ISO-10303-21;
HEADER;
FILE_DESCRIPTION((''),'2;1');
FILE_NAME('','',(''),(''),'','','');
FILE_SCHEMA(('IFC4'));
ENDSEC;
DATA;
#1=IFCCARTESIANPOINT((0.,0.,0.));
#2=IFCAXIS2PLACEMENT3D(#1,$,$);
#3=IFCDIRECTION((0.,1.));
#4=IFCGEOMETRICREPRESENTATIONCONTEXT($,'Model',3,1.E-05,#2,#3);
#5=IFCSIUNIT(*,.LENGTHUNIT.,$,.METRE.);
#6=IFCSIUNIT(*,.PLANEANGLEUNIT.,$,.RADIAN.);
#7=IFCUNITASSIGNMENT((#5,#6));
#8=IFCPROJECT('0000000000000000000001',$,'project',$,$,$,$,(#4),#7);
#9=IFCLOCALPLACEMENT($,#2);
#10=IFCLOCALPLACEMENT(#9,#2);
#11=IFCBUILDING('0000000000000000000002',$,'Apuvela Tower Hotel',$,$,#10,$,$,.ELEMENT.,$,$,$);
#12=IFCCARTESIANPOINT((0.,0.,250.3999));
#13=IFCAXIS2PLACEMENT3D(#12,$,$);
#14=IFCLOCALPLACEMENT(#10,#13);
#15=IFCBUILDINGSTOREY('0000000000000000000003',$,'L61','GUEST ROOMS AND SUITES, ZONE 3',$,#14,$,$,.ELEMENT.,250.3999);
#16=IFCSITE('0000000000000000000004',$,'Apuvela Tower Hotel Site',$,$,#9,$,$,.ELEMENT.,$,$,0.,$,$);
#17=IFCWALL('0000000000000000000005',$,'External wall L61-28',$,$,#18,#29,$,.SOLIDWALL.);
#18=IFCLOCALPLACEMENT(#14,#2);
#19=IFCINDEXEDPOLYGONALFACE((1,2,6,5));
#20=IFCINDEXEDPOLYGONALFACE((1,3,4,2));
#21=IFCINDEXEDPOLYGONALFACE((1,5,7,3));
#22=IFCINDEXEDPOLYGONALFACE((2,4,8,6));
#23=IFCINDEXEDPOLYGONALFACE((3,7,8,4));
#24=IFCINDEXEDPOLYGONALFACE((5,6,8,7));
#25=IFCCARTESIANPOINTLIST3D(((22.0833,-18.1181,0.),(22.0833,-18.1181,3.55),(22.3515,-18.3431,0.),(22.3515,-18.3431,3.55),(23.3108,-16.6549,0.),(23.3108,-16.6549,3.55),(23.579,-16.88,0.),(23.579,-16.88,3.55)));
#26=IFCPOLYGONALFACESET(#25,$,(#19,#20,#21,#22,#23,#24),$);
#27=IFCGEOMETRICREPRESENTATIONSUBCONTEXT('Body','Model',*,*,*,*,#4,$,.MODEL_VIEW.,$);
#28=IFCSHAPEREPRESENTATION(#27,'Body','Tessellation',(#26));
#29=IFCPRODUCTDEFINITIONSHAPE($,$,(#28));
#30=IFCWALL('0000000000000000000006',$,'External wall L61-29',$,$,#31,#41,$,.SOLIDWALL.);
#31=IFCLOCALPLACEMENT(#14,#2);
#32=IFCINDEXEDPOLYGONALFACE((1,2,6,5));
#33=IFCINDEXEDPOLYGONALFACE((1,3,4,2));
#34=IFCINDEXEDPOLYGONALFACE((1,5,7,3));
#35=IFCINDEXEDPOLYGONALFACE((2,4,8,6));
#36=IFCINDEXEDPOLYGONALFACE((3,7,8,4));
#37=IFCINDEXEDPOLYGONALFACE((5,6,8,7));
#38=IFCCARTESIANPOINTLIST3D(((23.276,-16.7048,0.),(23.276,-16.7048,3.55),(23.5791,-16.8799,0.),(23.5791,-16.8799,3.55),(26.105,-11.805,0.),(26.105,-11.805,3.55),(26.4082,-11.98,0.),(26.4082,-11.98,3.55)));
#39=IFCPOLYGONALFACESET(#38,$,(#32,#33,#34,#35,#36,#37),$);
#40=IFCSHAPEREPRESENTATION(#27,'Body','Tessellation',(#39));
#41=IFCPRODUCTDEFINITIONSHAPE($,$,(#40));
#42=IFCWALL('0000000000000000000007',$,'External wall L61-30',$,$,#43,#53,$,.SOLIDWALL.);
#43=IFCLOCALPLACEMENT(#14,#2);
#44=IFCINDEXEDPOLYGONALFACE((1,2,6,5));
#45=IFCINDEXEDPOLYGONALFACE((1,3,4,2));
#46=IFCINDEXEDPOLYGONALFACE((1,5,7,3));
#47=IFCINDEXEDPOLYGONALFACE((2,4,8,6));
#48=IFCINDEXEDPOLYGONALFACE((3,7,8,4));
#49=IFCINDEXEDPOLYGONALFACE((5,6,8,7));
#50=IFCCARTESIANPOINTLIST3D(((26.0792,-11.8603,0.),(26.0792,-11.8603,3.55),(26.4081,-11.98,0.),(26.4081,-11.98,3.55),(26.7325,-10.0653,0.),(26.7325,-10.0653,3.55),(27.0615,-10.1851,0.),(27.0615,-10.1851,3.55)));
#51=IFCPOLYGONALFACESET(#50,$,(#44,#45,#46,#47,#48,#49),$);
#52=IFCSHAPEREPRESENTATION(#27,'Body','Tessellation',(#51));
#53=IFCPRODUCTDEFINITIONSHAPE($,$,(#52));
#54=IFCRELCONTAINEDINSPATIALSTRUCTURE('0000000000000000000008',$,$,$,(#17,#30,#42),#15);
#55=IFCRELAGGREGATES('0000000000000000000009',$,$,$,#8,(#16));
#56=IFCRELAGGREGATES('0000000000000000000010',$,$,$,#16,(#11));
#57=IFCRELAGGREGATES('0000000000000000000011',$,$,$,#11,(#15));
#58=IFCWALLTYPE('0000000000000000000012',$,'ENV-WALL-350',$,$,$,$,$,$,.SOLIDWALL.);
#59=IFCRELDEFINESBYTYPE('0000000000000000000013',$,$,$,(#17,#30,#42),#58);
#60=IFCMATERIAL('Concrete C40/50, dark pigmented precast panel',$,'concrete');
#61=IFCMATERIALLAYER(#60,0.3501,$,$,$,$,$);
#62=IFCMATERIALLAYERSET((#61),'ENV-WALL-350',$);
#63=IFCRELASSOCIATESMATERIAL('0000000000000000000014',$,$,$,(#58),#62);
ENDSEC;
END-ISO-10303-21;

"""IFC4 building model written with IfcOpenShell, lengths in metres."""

from ifc_helpers import new_model, si_unit, direction, frame, frame_2d, origin, place, context, subcontext, project, spatial, rectangle, extrude, material, layer, layer_set, type_object, element, save


model = new_model("IFC4")

# Units and contexts
model_context = context("Model", 3, precision=1e-05, world=origin(), true_north=direction((0.0, 1.0)))
body_context = subcontext(model_context, "Body", "Model", "MODEL_VIEW")
ifc_project = project(units=[si_unit("LENGTHUNIT", "METRE"), si_unit("PLANEANGLEUNIT", "RADIAN")], contexts=[model_context])

# Site, building, storey
site_placement = place(None, origin())
site = spatial("IfcSite", under=ifc_project, at=site_placement, Name="Apuvela Tower Hotel Site", CompositionType="ELEMENT", RefElevation=0.0)
building_placement = place(site_placement, origin())
building = spatial("IfcBuilding", under=site, at=building_placement, Name="Apuvela Tower Hotel", CompositionType="ELEMENT")
storey_placement = place(building_placement, frame((0.0, 0.0, 250.3999)))
storey = spatial("IfcBuildingStorey", under=building, at=storey_placement, Name="L61", Description="GUEST ROOMS AND SUITES, ZONE 3", CompositionType="ELEMENT", Elevation=250.3999)

# Shared definitions
ifc_material_1 = material(Name="Concrete C40/50, dark pigmented precast panel", Category="concrete")
ifc_layer_1 = layer(ifc_material_1, 0.3501)
ifc_layer_set_1 = layer_set([ifc_layer_1], Name="ENV-WALL-350")
wall_type_1 = type_object("IfcWallType", Name="ENV-WALL-350", PredefinedType="SOLIDWALL", material=ifc_layer_set_1)

# Walls
for number, where, z_axis, x_axis, name in (
    (1, (22.2173, -18.2307, 0.0), (0.0, 0.0, 1.0), (0.642733, 0.76609, 0.0), "External wall L61-28"),
):
    element("IfcWall", number, at=place(storey_placement, frame(where, z_axis=z_axis, x_axis=x_axis)), inside=storey, type_object=wall_type_1, Name=name, PredefinedType="SOLIDWALL", context=body_context, shape_type="SweptSolid", body=[
        extrude(rectangle(XDim=1.9099, YDim=0.3501, at=frame_2d((0.9551, 0.0))), origin(), (0.0, 0.0, 1.0), 3.55),
    ])
wall_1_placement = place(storey_placement, frame((23.4275, -16.7925, 0.0), z_axis=(0.0, 0.0, 1.0), x_axis=(0.500019, 0.866015, 0.0)))
element("IfcWall", 2, at=wall_1_placement, inside=storey, type_object=wall_type_1, Name="External wall L61-29", PredefinedType="SOLIDWALL", context=body_context, shape_type="SweptSolid", body=[
    extrude(rectangle(XDim=5.658, YDim=0.3501, at=frame_2d((2.8291, 0.0))), origin(), (0.0, 0.0, 1.0), 3.55),
])
wall_2_placement = place(storey_placement, frame((26.2437, -11.9202, 0.0), z_axis=(0.0, 0.0, 1.0), x_axis=(0.34203, 0.939689, 0.0)))
element("IfcWall", 3, at=wall_2_placement, inside=storey, type_object=wall_type_1, Name="External wall L61-30", PredefinedType="SOLIDWALL", context=body_context, shape_type="SweptSolid", body=[
    extrude(rectangle(XDim=1.9102, YDim=0.3501, at=frame_2d((0.9551, 0.0))), origin(), (0.0, 0.0, 1.0), 3.55),
])

save(model, "model.ifc")
